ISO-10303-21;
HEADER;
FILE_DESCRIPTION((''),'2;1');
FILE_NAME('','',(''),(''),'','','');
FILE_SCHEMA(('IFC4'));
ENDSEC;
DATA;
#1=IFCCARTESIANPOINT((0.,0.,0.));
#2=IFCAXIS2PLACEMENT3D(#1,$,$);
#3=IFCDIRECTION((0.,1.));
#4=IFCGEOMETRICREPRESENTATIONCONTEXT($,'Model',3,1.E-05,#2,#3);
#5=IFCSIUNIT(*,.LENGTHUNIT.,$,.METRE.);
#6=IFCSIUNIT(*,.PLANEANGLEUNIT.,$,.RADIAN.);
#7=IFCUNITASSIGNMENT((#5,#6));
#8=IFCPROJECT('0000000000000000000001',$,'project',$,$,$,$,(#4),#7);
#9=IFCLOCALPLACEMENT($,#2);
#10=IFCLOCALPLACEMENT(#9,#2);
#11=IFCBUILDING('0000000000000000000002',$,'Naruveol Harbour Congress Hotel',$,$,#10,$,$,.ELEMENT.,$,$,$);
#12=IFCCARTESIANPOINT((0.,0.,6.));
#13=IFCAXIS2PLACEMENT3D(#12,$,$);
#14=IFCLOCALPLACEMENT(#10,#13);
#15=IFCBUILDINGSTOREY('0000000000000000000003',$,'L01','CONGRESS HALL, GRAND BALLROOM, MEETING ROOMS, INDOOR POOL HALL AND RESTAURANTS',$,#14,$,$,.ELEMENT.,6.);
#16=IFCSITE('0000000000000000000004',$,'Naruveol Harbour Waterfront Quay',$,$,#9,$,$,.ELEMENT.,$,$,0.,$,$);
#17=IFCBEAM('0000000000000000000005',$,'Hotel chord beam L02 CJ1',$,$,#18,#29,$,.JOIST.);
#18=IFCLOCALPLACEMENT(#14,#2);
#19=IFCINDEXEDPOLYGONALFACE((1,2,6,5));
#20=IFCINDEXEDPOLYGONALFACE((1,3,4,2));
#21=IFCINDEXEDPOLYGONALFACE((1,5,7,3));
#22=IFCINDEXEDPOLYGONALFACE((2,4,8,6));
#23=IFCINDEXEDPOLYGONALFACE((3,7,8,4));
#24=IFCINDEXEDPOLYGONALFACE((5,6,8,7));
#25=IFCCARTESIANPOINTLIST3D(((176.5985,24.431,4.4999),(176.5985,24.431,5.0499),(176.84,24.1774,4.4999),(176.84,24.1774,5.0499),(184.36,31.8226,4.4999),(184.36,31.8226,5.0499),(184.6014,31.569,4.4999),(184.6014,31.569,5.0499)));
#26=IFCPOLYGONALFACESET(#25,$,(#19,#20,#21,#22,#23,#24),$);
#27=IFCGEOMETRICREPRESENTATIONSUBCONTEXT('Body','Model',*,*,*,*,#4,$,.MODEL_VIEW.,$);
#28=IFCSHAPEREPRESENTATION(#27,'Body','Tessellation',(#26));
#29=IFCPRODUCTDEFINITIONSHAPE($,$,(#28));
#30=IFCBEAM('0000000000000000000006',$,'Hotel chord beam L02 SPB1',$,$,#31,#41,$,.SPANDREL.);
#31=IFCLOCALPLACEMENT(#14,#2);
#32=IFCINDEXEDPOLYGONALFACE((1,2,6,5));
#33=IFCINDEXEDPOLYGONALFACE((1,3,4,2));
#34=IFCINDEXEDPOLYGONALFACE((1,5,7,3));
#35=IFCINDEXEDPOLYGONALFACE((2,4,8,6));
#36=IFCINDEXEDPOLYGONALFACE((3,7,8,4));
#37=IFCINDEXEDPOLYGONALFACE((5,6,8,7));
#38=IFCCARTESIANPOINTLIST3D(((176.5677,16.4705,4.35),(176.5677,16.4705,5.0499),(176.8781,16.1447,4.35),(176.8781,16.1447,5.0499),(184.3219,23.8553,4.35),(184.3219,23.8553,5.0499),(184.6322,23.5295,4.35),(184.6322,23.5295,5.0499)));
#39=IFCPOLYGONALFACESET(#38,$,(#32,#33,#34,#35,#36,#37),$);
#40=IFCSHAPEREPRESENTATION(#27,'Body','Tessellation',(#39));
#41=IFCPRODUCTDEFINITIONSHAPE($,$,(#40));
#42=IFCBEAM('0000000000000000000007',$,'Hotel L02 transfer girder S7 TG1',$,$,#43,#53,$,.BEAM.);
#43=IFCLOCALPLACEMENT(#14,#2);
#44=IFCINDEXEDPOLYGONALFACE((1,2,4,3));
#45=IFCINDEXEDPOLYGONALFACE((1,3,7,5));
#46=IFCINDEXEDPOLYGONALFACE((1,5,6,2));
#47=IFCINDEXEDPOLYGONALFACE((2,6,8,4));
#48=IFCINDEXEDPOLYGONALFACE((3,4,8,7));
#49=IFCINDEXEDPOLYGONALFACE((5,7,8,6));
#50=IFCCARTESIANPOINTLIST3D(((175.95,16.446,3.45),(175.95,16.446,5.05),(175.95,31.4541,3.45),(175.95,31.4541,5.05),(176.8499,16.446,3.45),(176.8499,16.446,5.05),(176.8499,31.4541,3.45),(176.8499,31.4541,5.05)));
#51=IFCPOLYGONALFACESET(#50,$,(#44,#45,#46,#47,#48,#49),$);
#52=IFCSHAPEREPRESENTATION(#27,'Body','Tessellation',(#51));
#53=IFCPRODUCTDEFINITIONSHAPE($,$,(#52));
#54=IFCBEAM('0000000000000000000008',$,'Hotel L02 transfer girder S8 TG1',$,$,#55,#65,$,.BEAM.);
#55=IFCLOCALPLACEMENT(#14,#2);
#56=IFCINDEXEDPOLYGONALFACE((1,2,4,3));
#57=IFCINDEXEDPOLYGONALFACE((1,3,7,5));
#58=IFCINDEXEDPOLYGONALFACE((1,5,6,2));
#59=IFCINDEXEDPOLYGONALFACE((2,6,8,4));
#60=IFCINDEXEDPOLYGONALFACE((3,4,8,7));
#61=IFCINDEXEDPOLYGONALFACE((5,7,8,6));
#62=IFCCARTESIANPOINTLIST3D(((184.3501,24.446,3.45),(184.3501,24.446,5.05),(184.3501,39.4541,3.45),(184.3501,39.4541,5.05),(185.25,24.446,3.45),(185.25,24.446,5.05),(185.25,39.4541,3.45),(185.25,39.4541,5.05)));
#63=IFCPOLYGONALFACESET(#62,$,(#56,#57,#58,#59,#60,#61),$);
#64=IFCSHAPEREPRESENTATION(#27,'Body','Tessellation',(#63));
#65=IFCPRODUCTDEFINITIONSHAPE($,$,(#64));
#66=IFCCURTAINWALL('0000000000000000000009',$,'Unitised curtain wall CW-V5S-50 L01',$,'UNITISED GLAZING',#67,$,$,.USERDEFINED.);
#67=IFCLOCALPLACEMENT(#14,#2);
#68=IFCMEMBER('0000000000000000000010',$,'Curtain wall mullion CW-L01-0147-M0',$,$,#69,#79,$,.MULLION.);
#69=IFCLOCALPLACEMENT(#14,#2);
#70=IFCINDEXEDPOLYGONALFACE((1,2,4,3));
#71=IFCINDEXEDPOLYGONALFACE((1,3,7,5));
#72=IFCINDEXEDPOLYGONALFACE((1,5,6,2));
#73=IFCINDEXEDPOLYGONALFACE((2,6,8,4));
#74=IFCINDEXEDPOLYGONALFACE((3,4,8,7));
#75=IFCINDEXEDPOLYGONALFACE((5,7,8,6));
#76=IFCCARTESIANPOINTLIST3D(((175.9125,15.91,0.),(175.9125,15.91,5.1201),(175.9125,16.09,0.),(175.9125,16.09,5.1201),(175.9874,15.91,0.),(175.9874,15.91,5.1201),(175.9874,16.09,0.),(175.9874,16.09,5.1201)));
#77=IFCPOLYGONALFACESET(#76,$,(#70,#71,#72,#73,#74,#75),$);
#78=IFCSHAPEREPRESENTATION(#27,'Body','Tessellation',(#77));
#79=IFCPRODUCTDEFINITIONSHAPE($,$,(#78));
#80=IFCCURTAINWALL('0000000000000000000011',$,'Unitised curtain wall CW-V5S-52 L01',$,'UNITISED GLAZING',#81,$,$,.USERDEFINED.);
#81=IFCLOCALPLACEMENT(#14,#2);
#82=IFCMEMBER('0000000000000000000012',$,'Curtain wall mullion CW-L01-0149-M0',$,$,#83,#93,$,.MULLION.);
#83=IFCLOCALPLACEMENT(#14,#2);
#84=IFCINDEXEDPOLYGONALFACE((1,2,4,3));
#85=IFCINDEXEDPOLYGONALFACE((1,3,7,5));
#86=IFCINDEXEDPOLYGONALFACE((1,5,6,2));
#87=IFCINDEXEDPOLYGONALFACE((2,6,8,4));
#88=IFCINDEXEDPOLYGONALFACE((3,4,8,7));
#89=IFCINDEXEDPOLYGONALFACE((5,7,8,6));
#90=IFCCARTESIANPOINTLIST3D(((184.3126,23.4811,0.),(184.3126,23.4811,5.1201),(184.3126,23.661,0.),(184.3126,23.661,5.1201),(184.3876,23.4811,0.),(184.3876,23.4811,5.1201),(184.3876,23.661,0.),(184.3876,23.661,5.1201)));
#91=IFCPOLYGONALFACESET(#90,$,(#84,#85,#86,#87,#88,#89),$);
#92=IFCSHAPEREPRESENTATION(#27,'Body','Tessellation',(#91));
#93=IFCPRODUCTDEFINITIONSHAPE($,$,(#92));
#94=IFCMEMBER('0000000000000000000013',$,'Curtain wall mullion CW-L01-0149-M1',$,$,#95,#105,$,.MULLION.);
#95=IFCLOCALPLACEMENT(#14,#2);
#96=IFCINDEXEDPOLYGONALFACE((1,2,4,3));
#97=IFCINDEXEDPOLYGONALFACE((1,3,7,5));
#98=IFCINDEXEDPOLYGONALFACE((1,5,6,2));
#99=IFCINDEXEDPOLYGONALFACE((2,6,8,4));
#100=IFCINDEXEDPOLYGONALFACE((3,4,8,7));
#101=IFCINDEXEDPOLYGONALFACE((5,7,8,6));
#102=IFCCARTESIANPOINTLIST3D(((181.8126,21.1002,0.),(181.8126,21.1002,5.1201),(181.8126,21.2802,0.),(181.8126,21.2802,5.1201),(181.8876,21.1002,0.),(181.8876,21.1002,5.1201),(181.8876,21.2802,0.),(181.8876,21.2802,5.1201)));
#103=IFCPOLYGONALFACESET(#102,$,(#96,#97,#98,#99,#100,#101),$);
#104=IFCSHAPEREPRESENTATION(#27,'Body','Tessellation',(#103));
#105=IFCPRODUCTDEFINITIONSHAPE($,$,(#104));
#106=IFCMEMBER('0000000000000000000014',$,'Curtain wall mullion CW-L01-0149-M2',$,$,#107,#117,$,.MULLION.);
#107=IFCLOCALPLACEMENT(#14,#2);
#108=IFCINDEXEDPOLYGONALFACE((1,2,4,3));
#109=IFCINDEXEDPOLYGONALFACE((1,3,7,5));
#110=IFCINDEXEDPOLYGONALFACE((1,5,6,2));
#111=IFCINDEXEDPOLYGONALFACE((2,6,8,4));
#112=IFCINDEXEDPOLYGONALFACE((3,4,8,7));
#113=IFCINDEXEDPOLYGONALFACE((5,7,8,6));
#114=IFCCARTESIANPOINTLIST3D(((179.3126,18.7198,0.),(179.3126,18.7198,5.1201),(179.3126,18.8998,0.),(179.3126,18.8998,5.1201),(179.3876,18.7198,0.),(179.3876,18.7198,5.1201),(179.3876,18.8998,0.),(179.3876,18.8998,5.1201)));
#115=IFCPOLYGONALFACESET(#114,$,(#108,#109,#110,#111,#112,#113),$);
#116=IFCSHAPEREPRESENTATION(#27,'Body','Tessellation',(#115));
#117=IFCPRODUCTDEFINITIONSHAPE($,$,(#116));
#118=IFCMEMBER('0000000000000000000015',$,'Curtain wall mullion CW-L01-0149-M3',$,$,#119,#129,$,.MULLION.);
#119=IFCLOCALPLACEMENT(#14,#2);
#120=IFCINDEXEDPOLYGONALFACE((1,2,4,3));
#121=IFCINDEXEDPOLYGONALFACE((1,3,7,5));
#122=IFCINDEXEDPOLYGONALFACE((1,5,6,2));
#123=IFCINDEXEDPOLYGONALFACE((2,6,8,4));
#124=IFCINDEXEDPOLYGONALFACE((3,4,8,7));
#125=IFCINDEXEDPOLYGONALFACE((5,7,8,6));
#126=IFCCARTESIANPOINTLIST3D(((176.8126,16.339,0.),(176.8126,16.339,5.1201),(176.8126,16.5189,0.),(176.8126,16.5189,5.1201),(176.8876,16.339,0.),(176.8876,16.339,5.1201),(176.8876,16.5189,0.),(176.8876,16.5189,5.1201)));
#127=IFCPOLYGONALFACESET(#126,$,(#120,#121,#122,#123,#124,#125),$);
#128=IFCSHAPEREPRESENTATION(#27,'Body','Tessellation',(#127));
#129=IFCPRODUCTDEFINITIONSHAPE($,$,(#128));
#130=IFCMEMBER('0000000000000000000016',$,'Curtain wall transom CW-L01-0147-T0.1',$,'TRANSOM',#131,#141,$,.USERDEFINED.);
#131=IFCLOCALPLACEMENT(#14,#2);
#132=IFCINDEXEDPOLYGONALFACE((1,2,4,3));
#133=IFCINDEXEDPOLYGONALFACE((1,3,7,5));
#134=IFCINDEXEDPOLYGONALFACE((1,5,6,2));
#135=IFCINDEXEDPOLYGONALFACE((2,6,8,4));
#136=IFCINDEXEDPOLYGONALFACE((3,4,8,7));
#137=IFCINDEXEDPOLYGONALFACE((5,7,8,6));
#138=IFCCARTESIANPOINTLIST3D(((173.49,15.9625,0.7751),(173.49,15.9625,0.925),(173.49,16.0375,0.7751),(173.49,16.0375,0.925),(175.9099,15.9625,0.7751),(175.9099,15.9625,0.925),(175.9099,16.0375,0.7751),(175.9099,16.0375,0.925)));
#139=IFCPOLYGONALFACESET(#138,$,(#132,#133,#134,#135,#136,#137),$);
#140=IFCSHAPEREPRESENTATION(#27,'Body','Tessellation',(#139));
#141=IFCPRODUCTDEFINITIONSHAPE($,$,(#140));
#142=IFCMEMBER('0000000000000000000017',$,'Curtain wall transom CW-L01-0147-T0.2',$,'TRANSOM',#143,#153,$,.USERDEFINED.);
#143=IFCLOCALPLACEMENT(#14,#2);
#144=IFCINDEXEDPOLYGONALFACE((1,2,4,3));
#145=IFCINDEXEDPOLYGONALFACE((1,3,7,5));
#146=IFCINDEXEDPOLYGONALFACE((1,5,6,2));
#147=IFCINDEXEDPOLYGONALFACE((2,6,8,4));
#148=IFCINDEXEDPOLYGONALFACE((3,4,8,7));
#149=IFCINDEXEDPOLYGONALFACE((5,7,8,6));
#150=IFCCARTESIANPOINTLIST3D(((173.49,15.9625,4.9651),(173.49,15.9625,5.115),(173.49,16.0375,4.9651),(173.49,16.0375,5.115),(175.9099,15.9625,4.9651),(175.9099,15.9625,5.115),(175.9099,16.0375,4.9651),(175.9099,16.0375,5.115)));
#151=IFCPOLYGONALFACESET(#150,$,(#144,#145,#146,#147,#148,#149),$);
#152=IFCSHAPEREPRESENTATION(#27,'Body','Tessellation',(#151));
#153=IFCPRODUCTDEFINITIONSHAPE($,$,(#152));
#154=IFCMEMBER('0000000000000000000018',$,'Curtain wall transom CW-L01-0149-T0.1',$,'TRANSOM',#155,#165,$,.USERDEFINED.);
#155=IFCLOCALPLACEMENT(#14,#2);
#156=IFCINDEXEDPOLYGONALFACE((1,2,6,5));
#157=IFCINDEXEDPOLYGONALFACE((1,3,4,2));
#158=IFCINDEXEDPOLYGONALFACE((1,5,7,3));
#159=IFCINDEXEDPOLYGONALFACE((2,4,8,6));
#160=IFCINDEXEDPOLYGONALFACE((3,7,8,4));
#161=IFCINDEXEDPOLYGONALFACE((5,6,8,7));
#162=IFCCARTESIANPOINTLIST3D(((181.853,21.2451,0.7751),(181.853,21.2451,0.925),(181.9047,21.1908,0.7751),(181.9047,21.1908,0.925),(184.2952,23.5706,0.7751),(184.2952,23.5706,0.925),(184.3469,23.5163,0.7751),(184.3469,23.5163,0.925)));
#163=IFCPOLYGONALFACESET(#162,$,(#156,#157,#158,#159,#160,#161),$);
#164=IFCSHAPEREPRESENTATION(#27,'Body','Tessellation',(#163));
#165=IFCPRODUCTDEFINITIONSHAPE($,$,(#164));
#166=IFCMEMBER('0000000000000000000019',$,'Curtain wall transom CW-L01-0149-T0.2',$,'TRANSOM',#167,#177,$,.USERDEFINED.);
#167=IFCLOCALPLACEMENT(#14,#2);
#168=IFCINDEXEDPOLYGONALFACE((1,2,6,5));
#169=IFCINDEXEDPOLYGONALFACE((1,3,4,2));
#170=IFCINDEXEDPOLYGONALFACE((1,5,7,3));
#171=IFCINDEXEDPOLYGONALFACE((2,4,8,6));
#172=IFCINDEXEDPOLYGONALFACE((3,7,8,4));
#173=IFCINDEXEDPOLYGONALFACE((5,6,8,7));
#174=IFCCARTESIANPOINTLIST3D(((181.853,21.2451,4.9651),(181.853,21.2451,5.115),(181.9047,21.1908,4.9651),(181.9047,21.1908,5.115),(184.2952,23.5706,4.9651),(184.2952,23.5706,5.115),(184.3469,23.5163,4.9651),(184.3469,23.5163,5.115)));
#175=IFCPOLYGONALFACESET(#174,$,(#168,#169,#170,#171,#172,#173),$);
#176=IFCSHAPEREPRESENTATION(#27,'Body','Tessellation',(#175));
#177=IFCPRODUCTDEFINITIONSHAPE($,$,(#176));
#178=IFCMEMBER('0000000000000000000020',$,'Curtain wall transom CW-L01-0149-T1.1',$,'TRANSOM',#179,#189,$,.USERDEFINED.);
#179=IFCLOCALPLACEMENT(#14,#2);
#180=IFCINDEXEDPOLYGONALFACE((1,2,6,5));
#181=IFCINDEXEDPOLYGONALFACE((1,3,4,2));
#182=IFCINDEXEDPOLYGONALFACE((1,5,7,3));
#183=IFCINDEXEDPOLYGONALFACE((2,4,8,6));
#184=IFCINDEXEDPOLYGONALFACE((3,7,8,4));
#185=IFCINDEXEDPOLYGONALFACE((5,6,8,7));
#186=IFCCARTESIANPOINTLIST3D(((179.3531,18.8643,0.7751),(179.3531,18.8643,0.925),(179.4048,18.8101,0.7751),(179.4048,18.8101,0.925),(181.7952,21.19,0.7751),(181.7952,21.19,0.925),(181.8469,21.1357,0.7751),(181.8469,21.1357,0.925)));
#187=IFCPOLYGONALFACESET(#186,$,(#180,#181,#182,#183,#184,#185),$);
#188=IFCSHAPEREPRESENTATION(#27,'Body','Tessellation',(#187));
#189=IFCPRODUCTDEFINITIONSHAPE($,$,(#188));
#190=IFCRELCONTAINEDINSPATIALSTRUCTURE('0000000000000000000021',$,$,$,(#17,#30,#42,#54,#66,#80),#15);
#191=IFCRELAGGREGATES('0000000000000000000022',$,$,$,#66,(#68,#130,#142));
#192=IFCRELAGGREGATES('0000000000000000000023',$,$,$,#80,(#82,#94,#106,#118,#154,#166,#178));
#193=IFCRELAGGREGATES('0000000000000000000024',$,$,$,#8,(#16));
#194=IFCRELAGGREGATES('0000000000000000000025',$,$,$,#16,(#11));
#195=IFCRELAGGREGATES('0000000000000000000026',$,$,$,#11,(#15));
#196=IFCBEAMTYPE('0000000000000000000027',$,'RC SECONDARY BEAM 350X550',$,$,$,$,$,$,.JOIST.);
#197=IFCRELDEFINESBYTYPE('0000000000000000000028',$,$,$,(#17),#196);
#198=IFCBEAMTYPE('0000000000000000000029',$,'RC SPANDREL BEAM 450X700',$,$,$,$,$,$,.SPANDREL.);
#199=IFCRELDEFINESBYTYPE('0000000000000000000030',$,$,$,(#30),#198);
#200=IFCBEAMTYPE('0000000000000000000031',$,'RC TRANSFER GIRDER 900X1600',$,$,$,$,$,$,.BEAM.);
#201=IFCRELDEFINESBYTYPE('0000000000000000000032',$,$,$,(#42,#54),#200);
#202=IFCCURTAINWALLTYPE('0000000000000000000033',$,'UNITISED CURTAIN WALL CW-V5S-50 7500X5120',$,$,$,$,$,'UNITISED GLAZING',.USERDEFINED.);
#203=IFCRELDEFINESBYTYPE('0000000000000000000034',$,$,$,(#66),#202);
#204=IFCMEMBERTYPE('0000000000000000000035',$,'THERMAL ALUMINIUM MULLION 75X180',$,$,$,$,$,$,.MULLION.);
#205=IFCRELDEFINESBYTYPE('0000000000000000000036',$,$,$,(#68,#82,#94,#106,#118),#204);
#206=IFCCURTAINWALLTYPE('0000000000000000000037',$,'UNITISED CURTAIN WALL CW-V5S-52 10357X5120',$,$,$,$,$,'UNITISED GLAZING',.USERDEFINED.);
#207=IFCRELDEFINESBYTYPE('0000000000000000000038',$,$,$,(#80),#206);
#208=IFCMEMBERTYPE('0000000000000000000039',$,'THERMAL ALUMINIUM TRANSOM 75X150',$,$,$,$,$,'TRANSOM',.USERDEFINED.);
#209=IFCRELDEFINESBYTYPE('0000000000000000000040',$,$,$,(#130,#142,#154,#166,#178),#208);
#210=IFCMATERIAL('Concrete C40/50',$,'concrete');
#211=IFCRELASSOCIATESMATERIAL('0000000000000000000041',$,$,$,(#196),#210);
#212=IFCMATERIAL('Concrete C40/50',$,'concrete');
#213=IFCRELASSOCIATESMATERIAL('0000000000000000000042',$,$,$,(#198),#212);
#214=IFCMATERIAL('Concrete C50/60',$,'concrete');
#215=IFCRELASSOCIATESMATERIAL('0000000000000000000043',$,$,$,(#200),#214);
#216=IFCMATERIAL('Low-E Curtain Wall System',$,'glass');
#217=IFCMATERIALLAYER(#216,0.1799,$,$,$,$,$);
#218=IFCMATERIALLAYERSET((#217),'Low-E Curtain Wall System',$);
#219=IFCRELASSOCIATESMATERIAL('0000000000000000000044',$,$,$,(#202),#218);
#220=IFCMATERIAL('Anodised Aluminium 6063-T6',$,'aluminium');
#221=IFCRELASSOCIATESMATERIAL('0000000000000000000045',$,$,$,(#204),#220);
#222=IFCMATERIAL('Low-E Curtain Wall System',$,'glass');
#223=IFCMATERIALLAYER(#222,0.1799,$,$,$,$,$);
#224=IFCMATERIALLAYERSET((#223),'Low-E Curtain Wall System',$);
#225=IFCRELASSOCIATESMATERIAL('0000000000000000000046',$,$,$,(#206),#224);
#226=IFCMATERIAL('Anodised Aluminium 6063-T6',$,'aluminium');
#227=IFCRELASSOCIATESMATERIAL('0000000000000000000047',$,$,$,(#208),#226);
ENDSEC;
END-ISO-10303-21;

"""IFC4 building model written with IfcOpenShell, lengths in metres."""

from ifc_helpers import new_model, si_unit, direction, frame, origin, origin_2d, place, context, subcontext, project, spatial, rectangle, extrude, material, layer, layer_set, material_profile, profile_set, type_object, element, aggregate, save


model = new_model("IFC4")

# Units and contexts
model_context = context("Model", 3, precision=1e-05, world=origin(), true_north=direction((0.0, 1.0)))
body_context = subcontext(model_context, "Body", "Model", "MODEL_VIEW")
ifc_project = project(units=[si_unit("LENGTHUNIT", "METRE"), si_unit("PLANEANGLEUNIT", "RADIAN")], contexts=[model_context])

# Site, building, storey
site_placement = place(None, origin())
site = spatial("IfcSite", under=ifc_project, at=site_placement, Name="Naruveol Harbour Waterfront Quay", CompositionType="ELEMENT", RefElevation=0.0)
building_placement = place(site_placement, origin())
building = spatial("IfcBuilding", under=site, at=building_placement, Name="Naruveol Harbour Congress Hotel", CompositionType="ELEMENT")
storey_placement = place(building_placement, frame((0.0, 0.0, 6.0)))
storey = spatial("IfcBuildingStorey", under=building, at=storey_placement, Name="L01", Description="CONGRESS HALL, GRAND BALLROOM, MEETING ROOMS, INDOOR POOL HALL AND RESTAURANTS", CompositionType="ELEMENT", Elevation=6.0)

# Beams
ifc_material_1 = material(Name="Concrete C40/50", Category="concrete")
ifc_material_profile_1 = material_profile(ifc_material_1, rectangle(XDim=0.3501, YDim=0.55, at=origin_2d()), Name="RCB-350x550")
ifc_profile_set_1 = profile_set([ifc_material_profile_1], Name="Concrete C40/50")
beam_type_1 = type_object("IfcBeamType", Name="RC SECONDARY BEAM 350X550", PredefinedType="JOIST", material=ifc_profile_set_1)
beam_1_placement = place(storey_placement, frame((176.7192, 24.3042, 4.7749), z_axis=(0.724151, 0.689642, 0.0), x_axis=(-0.689642, 0.724151, 0.0)))
element("IfcBeam", 1, at=beam_1_placement, inside=storey, type_object=beam_type_1, Name="Hotel chord beam L02 CJ1", PredefinedType="JOIST", context=body_context, shape_type="SweptSolid", body=[
    extrude(rectangle(XDim=0.3501, YDim=0.55, at=origin_2d()), origin(), (0.0, 0.0, 1.0), 10.718),
])
ifc_material_2 = material(Name="Concrete C40/50", Category="concrete")
ifc_material_profile_2 = material_profile(ifc_material_2, rectangle(XDim=0.45, YDim=0.7, at=origin_2d()), Name="RCB-450x700")
ifc_profile_set_2 = profile_set([ifc_material_profile_2], Name="Concrete C40/50")
beam_type_2 = type_object("IfcBeamType", Name="RC SPANDREL BEAM 450X700", PredefinedType="SPANDREL", material=ifc_profile_set_2)
beam_2_placement = place(storey_placement, frame((176.7229, 16.3076, 4.7), z_axis=(0.724144, 0.689648, 0.0), x_axis=(-0.689648, 0.724144, 0.0)))
element("IfcBeam", 2, at=beam_2_placement, inside=storey, type_object=beam_type_2, Name="Hotel chord beam L02 SPB1", PredefinedType="SPANDREL", context=body_context, shape_type="SweptSolid", body=[
    extrude(rectangle(XDim=0.45, YDim=0.7, at=origin_2d()), origin(), (0.0, 0.0, 1.0), 10.708),
])
ifc_material_3 = material(Name="Concrete C50/60", Category="concrete")
ifc_material_profile_3 = material_profile(ifc_material_3, rectangle(XDim=0.8999, YDim=1.6001, at=origin_2d()), Name="RCB-900x1600")
ifc_profile_set_3 = profile_set([ifc_material_profile_3], Name="Concrete C50/60")
beam_type_3 = type_object("IfcBeamType", Name="RC TRANSFER GIRDER 900X1600", PredefinedType="BEAM", material=ifc_profile_set_3)
for number, where, z_axis, x_axis, name in (
    (3, (176.3999, 16.446, 4.25), (0.0, 1.0, 0.0), (-1.0, 0.0, 0.0), "Hotel L02 transfer girder S7 TG1"),
    (4, (184.8, 24.446, 4.25), (0.0, 1.0, 0.0), (-1.0, 0.0, 0.0), "Hotel L02 transfer girder S8 TG1"),
):
    element("IfcBeam", number, at=place(storey_placement, frame(where, z_axis=z_axis, x_axis=x_axis)), inside=storey, type_object=beam_type_3, Name=name, PredefinedType="BEAM", context=body_context, shape_type="SweptSolid", body=[
        extrude(rectangle(XDim=0.8999, YDim=1.6001, at=origin_2d()), origin(), (0.0, 0.0, 1.0), 15.0081),
    ])

# Curtain wall, member
ifc_material_4 = material(Name="Low-E Curtain Wall System", Category="glass")
ifc_layer_1 = layer(ifc_material_4, 0.1799)
ifc_layer_set_1 = layer_set([ifc_layer_1], Name="Low-E Curtain Wall System")
curtain_wall_type_1 = type_object("IfcCurtainWallType", Name="UNITISED CURTAIN WALL CW-V5S-50 7500X5120", ElementType="UNITISED GLAZING", PredefinedType="USERDEFINED", material=ifc_layer_set_1)
curtain_wall_1_placement = place(storey_placement, origin())
curtain_wall_1 = element("IfcCurtainWall", 5, at=curtain_wall_1_placement, inside=storey, type_object=curtain_wall_type_1, Name="Unitised curtain wall CW-V5S-50 L01", ObjectType="UNITISED GLAZING", PredefinedType="USERDEFINED")
ifc_material_5 = material(Name="Anodised Aluminium 6063-T6", Category="aluminium")
ifc_material_profile_4 = material_profile(ifc_material_5, rectangle(XDim=0.075, YDim=0.1799, at=origin_2d()), Name="ALU-75x180")
ifc_profile_set_4 = profile_set([ifc_material_profile_4], Name="Anodised Aluminium 6063-T6")
member_type_1 = type_object("IfcMemberType", Name="THERMAL ALUMINIUM MULLION 75X180", PredefinedType="MULLION", material=ifc_profile_set_4)
member_1_placement = place(storey_placement, frame((175.95, 16.0, 0.0), z_axis=(0.0, 0.0, 1.0), x_axis=(1.0, 0.0, 0.0)))
member_1 = element("IfcMember", 6, at=member_1_placement, type_object=member_type_1, Name="Curtain wall mullion CW-L01-0147-M0", PredefinedType="MULLION", context=body_context, shape_type="SweptSolid", body=[
    extrude(rectangle(XDim=0.075, YDim=0.1799, at=origin_2d()), origin(), (0.0, 0.0, 1.0), 5.1201),
])

# Curtain wall, members
ifc_material_6 = material(Name="Low-E Curtain Wall System", Category="glass")
ifc_layer_2 = layer(ifc_material_6, 0.1799)
ifc_layer_set_2 = layer_set([ifc_layer_2], Name="Low-E Curtain Wall System")
curtain_wall_type_2 = type_object("IfcCurtainWallType", Name="UNITISED CURTAIN WALL CW-V5S-52 10357X5120", ElementType="UNITISED GLAZING", PredefinedType="USERDEFINED", material=ifc_layer_set_2)
curtain_wall_2_placement = place(storey_placement, origin())
curtain_wall_2 = element("IfcCurtainWall", 7, at=curtain_wall_2_placement, inside=storey, type_object=curtain_wall_type_2, Name="Unitised curtain wall CW-V5S-52 L01", ObjectType="UNITISED GLAZING", PredefinedType="USERDEFINED")
member_2_placement = place(storey_placement, frame((184.3501, 23.571, 0.0), z_axis=(0.0, 0.0, 1.0), x_axis=(1.0, 0.0, 0.0)))
member_2 = element("IfcMember", 8, at=member_2_placement, type_object=member_type_1, Name="Curtain wall mullion CW-L01-0149-M0", PredefinedType="MULLION", context=body_context, shape_type="SweptSolid", body=[
    extrude(rectangle(XDim=0.075, YDim=0.1799, at=origin_2d()), origin(), (0.0, 0.0, 1.0), 5.1201),
])
member_3_placement = place(storey_placement, frame((181.8501, 21.1902, 0.0), z_axis=(0.0, 0.0, 1.0), x_axis=(1.0, 0.0, 0.0)))
member_3 = element("IfcMember", 9, at=member_3_placement, type_object=member_type_1, Name="Curtain wall mullion CW-L01-0149-M1", PredefinedType="MULLION", context=body_context, shape_type="SweptSolid", body=[
    extrude(rectangle(XDim=0.075, YDim=0.1799, at=origin_2d()), origin(), (0.0, 0.0, 1.0), 5.1201),
])
member_4_placement = place(storey_placement, frame((179.3501, 18.8098, 0.0), z_axis=(0.0, 0.0, 1.0), x_axis=(1.0, 0.0, 0.0)))
member_4 = element("IfcMember", 10, at=member_4_placement, type_object=member_type_1, Name="Curtain wall mullion CW-L01-0149-M2", PredefinedType="MULLION", context=body_context, shape_type="SweptSolid", body=[
    extrude(rectangle(XDim=0.075, YDim=0.1799, at=origin_2d()), origin(), (0.0, 0.0, 1.0), 5.1201),
])
member_5_placement = place(storey_placement, frame((176.8501, 16.429, 0.0), z_axis=(0.0, 0.0, 1.0), x_axis=(1.0, 0.0, 0.0)))
member_5 = element("IfcMember", 11, at=member_5_placement, type_object=member_type_1, Name="Curtain wall mullion CW-L01-0149-M3", PredefinedType="MULLION", context=body_context, shape_type="SweptSolid", body=[
    extrude(rectangle(XDim=0.075, YDim=0.1799, at=origin_2d()), origin(), (0.0, 0.0, 1.0), 5.1201),
])

# Members
ifc_material_7 = material(Name="Anodised Aluminium 6063-T6", Category="aluminium")
ifc_material_profile_5 = material_profile(ifc_material_7, rectangle(XDim=0.075, YDim=0.1499, at=origin_2d()), Name="ALU-75x150")
ifc_profile_set_5 = profile_set([ifc_material_profile_5], Name="Anodised Aluminium 6063-T6")
member_type_2 = type_object("IfcMemberType", Name="THERMAL ALUMINIUM TRANSOM 75X150", ElementType="TRANSOM", PredefinedType="USERDEFINED", material=ifc_profile_set_5)
member_6_placement = place(storey_placement, frame((175.9099, 16.0, 0.8501), z_axis=(-1.0, 0.0, 0.0), x_axis=(0.0, -1.0, 0.0)))
member_6 = element("IfcMember", 12, at=member_6_placement, type_object=member_type_2, Name="Curtain wall transom CW-L01-0147-T0.1", ObjectType="TRANSOM", PredefinedType="USERDEFINED", context=body_context, shape_type="SweptSolid", body=[
    extrude(rectangle(XDim=0.075, YDim=0.1499, at=origin_2d()), origin(), (0.0, 0.0, 1.0), 2.4199),
])
member_7_placement = place(storey_placement, frame((175.9099, 16.0, 5.04), z_axis=(-1.0, 0.0, 0.0), x_axis=(0.0, -1.0, 0.0)))
member_7 = element("IfcMember", 13, at=member_7_placement, type_object=member_type_2, Name="Curtain wall transom CW-L01-0147-T0.2", ObjectType="TRANSOM", PredefinedType="USERDEFINED", context=body_context, shape_type="SweptSolid", body=[
    extrude(rectangle(XDim=0.075, YDim=0.1499, at=origin_2d()), origin(), (0.0, 0.0, 1.0), 2.4199),
])
member_8_placement = place(storey_placement, frame((184.321, 23.5435, 0.8501), z_axis=(-0.724198, -0.689592, 0.0), x_axis=(0.689592, -0.724198, 0.0)))
member_8 = element("IfcMember", 14, at=member_8_placement, type_object=member_type_2, Name="Curtain wall transom CW-L01-0149-T0.1", ObjectType="TRANSOM", PredefinedType="USERDEFINED", context=body_context, shape_type="SweptSolid", body=[
    extrude(rectangle(XDim=0.075, YDim=0.1499, at=origin_2d()), origin(), (0.0, 0.0, 1.0), 3.3723),
])
member_9_placement = place(storey_placement, frame((184.321, 23.5435, 5.04), z_axis=(-0.724198, -0.689592, 0.0), x_axis=(0.689592, -0.724198, 0.0)))
member_9 = element("IfcMember", 15, at=member_9_placement, type_object=member_type_2, Name="Curtain wall transom CW-L01-0149-T0.2", ObjectType="TRANSOM", PredefinedType="USERDEFINED", context=body_context, shape_type="SweptSolid", body=[
    extrude(rectangle(XDim=0.075, YDim=0.1499, at=origin_2d()), origin(), (0.0, 0.0, 1.0), 3.3723),
])
member_10_placement = place(storey_placement, frame((181.821, 21.1628, 0.8501), z_axis=(-0.724162, -0.68963, 0.0), x_axis=(0.68963, -0.724162, 0.0)))
member_10 = element("IfcMember", 16, at=member_10_placement, type_object=member_type_2, Name="Curtain wall transom CW-L01-0149-T1.1", ObjectType="TRANSOM", PredefinedType="USERDEFINED", context=body_context, shape_type="SweptSolid", body=[
    extrude(rectangle(XDim=0.075, YDim=0.1499, at=origin_2d()), origin(), (0.0, 0.0, 1.0), 3.3723),
])

aggregate(curtain_wall_1, [member_1, member_6, member_7])
aggregate(curtain_wall_2, [member_2, member_3, member_4, member_5, member_8, member_9, member_10])

save(model, "model.ifc")
